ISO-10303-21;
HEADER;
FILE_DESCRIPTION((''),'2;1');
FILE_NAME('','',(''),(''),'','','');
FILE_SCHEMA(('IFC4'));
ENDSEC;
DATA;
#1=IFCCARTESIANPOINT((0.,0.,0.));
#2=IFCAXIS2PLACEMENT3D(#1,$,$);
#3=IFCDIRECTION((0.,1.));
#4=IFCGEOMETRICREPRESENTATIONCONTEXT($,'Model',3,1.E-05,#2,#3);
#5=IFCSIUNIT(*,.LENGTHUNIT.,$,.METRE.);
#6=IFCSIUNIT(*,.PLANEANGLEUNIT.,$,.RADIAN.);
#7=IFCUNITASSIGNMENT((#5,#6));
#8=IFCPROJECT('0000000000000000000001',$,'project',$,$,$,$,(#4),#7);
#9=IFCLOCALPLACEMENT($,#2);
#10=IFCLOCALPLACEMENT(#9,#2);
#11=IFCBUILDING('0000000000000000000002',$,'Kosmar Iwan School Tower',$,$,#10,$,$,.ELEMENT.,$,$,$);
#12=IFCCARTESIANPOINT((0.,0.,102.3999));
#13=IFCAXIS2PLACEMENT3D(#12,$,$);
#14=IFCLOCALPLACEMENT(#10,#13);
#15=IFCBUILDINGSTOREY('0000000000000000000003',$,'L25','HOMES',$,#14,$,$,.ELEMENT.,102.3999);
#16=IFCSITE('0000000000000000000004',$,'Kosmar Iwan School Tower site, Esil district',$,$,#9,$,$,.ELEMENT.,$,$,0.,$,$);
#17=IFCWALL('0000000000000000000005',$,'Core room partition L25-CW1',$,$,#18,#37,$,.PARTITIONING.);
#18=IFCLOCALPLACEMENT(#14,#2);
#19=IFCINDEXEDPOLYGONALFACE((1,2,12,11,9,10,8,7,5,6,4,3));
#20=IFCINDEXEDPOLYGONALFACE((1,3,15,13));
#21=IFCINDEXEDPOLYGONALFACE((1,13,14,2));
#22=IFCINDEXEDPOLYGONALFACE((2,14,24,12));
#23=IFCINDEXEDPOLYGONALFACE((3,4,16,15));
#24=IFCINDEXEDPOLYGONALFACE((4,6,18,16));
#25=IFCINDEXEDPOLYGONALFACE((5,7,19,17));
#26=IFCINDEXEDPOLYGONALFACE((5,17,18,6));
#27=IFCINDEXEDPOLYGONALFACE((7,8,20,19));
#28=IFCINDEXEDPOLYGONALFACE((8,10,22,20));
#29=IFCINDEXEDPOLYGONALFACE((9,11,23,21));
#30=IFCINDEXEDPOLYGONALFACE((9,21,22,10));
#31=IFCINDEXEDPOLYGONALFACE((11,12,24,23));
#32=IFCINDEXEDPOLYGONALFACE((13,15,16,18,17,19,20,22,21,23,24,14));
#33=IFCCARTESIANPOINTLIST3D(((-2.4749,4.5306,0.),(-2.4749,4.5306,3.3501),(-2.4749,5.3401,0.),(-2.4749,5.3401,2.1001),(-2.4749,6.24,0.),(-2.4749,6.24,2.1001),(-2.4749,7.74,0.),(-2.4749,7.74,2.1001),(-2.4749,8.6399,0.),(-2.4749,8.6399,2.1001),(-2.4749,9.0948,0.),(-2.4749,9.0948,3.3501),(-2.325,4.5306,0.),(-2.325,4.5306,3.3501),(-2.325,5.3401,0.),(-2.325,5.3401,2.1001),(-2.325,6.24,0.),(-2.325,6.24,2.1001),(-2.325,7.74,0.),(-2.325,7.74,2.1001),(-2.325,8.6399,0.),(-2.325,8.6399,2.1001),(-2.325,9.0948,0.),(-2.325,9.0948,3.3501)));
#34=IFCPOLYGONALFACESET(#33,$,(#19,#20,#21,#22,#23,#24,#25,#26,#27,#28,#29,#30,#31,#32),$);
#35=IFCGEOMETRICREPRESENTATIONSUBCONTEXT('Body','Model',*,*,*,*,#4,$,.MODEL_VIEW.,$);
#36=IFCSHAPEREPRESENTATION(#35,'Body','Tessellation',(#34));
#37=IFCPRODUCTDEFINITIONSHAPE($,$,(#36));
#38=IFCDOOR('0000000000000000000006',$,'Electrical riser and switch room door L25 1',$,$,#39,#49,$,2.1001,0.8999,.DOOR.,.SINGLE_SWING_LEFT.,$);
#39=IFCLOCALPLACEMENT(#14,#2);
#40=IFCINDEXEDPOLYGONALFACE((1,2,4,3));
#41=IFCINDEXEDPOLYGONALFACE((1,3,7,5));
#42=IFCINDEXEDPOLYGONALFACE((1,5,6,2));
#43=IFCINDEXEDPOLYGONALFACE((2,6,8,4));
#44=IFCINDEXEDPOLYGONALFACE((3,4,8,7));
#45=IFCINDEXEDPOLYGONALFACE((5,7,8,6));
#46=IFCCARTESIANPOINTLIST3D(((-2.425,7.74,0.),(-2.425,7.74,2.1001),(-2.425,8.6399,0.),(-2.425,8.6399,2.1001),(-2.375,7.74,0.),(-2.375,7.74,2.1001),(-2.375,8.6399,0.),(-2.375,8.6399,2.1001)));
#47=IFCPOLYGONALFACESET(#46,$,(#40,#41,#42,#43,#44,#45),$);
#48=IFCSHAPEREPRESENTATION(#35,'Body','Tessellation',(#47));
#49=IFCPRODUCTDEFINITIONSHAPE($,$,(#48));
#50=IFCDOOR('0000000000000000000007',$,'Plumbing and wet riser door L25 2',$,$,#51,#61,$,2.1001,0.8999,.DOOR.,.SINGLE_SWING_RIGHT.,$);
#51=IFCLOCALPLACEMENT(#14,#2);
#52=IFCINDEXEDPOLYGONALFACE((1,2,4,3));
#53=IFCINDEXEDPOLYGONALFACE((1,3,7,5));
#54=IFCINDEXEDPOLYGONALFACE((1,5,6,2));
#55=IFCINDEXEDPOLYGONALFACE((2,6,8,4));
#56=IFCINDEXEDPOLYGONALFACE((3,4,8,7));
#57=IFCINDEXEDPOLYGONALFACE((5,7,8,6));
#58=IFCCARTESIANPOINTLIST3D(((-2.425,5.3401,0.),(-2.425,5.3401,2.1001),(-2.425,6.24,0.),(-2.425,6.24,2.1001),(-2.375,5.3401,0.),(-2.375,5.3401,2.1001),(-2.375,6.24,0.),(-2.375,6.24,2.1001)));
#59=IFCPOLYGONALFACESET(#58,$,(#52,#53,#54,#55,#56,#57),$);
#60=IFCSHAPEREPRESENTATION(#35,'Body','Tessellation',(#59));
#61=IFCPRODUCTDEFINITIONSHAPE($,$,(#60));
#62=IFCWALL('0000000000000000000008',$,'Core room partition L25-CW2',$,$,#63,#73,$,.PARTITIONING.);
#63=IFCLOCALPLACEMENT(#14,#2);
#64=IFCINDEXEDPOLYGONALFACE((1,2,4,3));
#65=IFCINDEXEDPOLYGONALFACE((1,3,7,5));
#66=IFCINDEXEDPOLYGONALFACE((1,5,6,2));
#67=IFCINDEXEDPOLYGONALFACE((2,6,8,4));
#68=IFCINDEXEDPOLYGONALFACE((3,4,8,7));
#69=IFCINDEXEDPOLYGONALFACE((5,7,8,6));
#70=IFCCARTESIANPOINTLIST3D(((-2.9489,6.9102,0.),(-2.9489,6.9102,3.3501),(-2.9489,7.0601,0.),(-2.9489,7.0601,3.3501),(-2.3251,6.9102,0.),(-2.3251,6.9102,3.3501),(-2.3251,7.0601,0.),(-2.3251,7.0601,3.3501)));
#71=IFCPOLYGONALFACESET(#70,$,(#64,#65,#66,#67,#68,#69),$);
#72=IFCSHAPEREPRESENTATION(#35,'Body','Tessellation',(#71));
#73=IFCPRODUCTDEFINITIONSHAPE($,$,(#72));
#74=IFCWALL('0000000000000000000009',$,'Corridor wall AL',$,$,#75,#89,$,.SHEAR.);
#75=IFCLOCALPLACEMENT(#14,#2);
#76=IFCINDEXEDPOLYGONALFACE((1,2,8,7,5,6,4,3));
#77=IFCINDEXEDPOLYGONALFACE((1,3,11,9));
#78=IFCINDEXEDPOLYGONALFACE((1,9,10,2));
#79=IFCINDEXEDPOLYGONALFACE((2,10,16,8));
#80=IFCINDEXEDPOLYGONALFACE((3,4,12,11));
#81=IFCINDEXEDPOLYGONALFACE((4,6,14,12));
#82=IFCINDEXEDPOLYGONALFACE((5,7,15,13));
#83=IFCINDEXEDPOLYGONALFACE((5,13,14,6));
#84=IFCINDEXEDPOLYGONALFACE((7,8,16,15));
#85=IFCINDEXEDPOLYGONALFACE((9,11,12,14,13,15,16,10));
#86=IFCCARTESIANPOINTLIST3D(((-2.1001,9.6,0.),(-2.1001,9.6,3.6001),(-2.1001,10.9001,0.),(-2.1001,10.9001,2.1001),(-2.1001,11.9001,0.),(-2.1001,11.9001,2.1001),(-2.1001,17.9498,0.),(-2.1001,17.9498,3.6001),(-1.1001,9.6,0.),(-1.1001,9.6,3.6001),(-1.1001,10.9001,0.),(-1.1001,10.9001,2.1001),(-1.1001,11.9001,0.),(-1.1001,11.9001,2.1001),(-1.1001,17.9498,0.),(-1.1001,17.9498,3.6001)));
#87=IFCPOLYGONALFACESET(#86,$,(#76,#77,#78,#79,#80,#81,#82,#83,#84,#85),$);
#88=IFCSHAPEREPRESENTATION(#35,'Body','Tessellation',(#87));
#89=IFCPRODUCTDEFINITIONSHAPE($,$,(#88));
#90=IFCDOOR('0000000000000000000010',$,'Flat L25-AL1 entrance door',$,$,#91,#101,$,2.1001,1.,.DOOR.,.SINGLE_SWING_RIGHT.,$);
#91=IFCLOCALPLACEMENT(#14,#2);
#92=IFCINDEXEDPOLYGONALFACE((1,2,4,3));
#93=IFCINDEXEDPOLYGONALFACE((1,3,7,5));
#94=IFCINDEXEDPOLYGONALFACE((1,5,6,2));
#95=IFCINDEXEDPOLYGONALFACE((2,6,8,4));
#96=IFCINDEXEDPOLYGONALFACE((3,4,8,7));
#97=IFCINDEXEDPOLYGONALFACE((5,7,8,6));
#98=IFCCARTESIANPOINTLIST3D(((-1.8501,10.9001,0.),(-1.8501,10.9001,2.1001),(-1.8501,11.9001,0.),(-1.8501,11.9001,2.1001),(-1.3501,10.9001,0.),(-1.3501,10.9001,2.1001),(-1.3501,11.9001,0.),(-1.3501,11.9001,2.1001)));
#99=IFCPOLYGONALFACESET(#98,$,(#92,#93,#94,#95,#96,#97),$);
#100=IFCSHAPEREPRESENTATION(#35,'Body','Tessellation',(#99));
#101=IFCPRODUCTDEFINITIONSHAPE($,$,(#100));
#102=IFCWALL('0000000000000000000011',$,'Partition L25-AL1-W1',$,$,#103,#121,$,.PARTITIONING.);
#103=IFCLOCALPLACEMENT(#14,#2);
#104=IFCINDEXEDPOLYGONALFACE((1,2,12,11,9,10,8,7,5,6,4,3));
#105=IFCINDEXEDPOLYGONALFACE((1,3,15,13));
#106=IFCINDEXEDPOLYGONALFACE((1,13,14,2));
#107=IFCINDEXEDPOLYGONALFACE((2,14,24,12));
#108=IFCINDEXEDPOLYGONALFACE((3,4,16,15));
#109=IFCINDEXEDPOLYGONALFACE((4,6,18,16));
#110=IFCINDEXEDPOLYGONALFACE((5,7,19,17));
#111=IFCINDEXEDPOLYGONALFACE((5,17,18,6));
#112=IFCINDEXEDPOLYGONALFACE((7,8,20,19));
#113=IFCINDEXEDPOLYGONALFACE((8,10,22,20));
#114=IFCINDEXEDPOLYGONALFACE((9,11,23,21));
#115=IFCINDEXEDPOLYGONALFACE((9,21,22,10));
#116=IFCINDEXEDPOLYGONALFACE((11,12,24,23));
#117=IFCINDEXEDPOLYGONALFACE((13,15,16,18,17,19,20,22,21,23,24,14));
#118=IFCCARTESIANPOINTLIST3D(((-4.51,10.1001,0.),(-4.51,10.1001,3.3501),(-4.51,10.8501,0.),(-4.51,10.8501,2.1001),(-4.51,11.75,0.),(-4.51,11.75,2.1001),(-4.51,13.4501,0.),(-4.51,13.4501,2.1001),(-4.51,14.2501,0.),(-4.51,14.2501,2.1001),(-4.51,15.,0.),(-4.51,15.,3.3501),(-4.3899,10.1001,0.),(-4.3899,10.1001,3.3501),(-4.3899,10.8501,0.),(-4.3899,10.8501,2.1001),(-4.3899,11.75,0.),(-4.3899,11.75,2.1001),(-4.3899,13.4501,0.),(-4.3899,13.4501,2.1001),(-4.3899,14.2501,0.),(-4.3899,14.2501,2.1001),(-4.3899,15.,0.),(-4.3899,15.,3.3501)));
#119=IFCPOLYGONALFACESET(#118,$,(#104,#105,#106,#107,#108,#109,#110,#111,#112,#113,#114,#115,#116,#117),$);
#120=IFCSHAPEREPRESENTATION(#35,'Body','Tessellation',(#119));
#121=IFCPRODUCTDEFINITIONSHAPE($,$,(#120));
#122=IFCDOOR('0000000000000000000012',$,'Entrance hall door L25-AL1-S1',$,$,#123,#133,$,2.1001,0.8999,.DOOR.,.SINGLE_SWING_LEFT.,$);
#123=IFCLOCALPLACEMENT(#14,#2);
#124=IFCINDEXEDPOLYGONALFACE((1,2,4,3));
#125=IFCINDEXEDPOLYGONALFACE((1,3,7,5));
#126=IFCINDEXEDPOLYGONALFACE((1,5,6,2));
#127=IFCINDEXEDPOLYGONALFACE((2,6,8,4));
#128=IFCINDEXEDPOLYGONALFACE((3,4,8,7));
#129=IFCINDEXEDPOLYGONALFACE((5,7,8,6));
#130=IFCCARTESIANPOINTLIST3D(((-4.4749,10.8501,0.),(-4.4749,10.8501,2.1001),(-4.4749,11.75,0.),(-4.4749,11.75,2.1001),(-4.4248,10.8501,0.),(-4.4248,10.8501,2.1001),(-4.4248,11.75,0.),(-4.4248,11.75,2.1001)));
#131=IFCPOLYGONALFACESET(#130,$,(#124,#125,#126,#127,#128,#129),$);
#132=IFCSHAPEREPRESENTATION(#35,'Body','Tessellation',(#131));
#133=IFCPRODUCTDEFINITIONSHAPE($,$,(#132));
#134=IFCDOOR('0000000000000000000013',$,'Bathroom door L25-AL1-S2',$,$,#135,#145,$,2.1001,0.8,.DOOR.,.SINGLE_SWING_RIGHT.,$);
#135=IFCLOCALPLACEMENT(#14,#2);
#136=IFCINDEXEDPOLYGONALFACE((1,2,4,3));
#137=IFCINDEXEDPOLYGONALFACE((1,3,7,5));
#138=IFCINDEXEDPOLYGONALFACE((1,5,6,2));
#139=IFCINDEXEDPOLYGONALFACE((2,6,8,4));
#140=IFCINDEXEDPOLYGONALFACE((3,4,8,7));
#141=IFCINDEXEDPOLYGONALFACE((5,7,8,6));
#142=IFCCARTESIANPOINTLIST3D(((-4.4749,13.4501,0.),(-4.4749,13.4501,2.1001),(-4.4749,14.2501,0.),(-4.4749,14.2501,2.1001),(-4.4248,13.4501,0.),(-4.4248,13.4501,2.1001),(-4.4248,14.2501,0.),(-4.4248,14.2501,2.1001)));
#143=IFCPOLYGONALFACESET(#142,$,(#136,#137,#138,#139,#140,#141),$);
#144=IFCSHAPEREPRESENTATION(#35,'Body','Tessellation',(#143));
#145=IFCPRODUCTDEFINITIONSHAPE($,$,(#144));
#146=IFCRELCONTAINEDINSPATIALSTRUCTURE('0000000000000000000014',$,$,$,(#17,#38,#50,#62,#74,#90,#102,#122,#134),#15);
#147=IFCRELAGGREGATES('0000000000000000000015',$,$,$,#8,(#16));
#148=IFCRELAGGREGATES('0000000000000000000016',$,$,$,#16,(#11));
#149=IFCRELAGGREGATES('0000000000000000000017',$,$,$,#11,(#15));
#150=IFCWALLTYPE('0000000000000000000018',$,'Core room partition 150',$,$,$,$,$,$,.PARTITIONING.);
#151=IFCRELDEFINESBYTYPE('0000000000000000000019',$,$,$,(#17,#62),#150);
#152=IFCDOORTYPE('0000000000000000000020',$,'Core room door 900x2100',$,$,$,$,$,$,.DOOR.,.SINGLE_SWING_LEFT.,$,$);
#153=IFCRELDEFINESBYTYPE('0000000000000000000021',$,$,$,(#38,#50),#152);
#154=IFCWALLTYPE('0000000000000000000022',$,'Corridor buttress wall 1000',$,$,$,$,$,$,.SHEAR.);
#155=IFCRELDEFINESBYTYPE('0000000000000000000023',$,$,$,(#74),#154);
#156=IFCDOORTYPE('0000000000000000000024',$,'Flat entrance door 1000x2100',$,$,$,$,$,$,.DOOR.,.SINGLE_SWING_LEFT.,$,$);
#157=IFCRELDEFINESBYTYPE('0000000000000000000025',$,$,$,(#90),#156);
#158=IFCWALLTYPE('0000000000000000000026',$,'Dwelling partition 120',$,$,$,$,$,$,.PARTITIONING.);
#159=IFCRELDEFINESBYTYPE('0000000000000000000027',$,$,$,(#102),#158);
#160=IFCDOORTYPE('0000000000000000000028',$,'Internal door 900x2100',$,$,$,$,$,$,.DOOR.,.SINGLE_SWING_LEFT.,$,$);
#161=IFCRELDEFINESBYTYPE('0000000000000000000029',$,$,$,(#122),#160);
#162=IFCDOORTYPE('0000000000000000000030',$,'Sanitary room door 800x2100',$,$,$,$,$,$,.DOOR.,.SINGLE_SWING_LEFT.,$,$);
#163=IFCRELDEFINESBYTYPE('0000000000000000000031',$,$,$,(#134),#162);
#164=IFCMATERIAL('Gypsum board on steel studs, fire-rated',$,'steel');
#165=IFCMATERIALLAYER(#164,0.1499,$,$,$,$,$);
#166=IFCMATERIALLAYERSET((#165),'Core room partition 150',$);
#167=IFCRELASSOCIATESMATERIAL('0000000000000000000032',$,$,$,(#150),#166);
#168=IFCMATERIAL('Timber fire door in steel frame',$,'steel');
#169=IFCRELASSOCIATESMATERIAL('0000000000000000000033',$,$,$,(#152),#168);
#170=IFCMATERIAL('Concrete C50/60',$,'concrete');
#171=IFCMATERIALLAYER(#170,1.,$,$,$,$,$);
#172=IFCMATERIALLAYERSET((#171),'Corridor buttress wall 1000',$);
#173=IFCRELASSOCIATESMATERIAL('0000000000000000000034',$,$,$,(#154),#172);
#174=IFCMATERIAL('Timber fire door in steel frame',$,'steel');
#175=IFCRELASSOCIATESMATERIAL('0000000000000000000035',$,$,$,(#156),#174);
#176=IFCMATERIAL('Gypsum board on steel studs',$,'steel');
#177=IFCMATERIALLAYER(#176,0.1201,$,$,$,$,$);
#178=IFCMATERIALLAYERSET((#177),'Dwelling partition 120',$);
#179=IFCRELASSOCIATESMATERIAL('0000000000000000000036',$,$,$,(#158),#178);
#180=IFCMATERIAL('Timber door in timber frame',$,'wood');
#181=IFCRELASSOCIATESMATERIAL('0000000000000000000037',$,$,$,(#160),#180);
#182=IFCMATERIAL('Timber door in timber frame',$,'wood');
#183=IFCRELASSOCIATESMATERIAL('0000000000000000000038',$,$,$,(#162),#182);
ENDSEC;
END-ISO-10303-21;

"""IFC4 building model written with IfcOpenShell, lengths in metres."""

from ifc_helpers import new_model, si_unit, direction, frame, frame_2d, origin, place, context, subcontext, project, spatial, rectangle, extrude, material, layer, layer_set, type_object, element, fill, save


model = new_model("IFC4")

# Units and contexts
model_context = context("Model", 3, precision=1e-05, world=origin(), true_north=direction((0.0, 1.0)))
body_context = subcontext(model_context, "Body", "Model", "MODEL_VIEW")
ifc_project = project(units=[si_unit("LENGTHUNIT", "METRE"), si_unit("PLANEANGLEUNIT", "RADIAN")], contexts=[model_context])

# Site, building, storey
site_placement = place(None, origin())
site = spatial("IfcSite", under=ifc_project, at=site_placement, Name="Kosmar Iwan School Tower site, Esil district", CompositionType="ELEMENT", RefElevation=0.0)
building_placement = place(site_placement, origin())
building = spatial("IfcBuilding", under=site, at=building_placement, Name="Kosmar Iwan School Tower", CompositionType="ELEMENT")
storey_placement = place(building_placement, frame((0.0, 0.0, 102.3999)))
storey = spatial("IfcBuildingStorey", under=building, at=storey_placement, Name="L25", Description="HOMES", CompositionType="ELEMENT", Elevation=102.3999)

# Wall, openings, doors
ifc_material_1 = material(Name="Gypsum board on steel studs, fire-rated", Category="steel")
ifc_layer_1 = layer(ifc_material_1, 0.1499)
ifc_layer_set_1 = layer_set([ifc_layer_1], Name="Core room partition 150")
wall_type_1 = type_object("IfcWallType", Name="Core room partition 150", PredefinedType="PARTITIONING", material=ifc_layer_set_1)
wall_1_placement = place(storey_placement, frame((-2.3999, 9.095, 0.0), z_axis=(0.0, 0.0, 1.0), x_axis=(0.0, -1.0, 0.0)))
wall_1 = element("IfcWall", 1, at=wall_1_placement, inside=storey, type_object=wall_type_1, Name="Core room partition L25-CW1", PredefinedType="PARTITIONING", context=body_context, shape_type="SweptSolid", body=[
    extrude(rectangle(XDim=4.5642, YDim=0.1499, at=frame_2d((2.2822, 0.0))), origin(), (0.0, 0.0, 1.0), 3.3501),
])
opening_1_placement = place(wall_1_placement, frame((0.4551, 0.0, 0.0)))
opening_1 = element("IfcOpeningElement", 2, at=opening_1_placement, cuts=wall_1, PredefinedType="OPENING", context=body_context, shape_type="SweptSolid", body=[
    extrude(rectangle(XDim=0.8999, YDim=2.1001, at=frame_2d((0.45, 1.05))), frame((0.0, 0.0869, 0.0), z_axis=(0.0, -1.0, 0.0), x_axis=(1.0, 0.0, 0.0)), (0.0, 0.0, 1.0), 0.1738),
])
opening_2_placement = place(wall_1_placement, frame((2.855, 0.0, 0.0)))
opening_2 = element("IfcOpeningElement", 3, at=opening_2_placement, cuts=wall_1, PredefinedType="OPENING", context=body_context, shape_type="SweptSolid", body=[
    extrude(rectangle(XDim=0.8999, YDim=2.1001, at=frame_2d((0.45, 1.05))), frame((0.0, 0.0869, 0.0), z_axis=(0.0, -1.0, 0.0), x_axis=(1.0, 0.0, 0.0)), (0.0, 0.0, 1.0), 0.1738),
])
ifc_material_2 = material(Name="Timber fire door in steel frame", Category="steel")
door_type_1 = type_object("IfcDoorType", Name="Core room door 900x2100", OperationType="SINGLE_SWING_LEFT", PredefinedType="DOOR", material=ifc_material_2)
door_1_placement = place(opening_1_placement, origin())
door_1 = element("IfcDoor", 4, at=door_1_placement, inside=storey, type_object=door_type_1, Name="Electrical riser and switch room door L25 1", OperationType="SINGLE_SWING_LEFT", OverallHeight=2.1001, OverallWidth=0.8999, PredefinedType="DOOR", context=body_context, shape_type="SweptSolid", body=[
    extrude(rectangle(XDim=0.8999, YDim=2.1001, at=frame_2d((0.45, 1.05))), frame((0.0, 0.0249, 0.0), z_axis=(0.0, -1.0, 0.0), x_axis=(1.0, 0.0, 0.0)), (0.0, 0.0, 1.0), 0.05),
])
fill(opening_1, door_1)
door_2_placement = place(opening_2_placement, origin())
door_2 = element("IfcDoor", 5, at=door_2_placement, inside=storey, type_object=door_type_1, Name="Plumbing and wet riser door L25 2", OperationType="SINGLE_SWING_RIGHT", OverallHeight=2.1001, OverallWidth=0.8999, PredefinedType="DOOR", context=body_context, shape_type="SweptSolid", body=[
    extrude(rectangle(XDim=0.8999, YDim=2.1001, at=frame_2d((0.45, 1.05))), frame((0.0, 0.0249, 0.0), z_axis=(0.0, -1.0, 0.0), x_axis=(1.0, 0.0, 0.0)), (0.0, 0.0, 1.0), 0.05),
])
fill(opening_2, door_2)

# Wall
wall_2_placement = place(storey_placement, frame((-2.325, 6.9851, 0.0), z_axis=(0.0, 0.0, 1.0), x_axis=(-1.0, 0.0, 0.0)))
element("IfcWall", 6, at=wall_2_placement, inside=storey, type_object=wall_type_1, Name="Core room partition L25-CW2", PredefinedType="PARTITIONING", context=body_context, shape_type="SweptSolid", body=[
    extrude(rectangle(XDim=0.6238, YDim=0.1499, at=frame_2d((0.312, 0.0))), origin(), (0.0, 0.0, 1.0), 3.3501),
])

# Wall, opening, door
ifc_material_3 = material(Name="Concrete C50/60", Category="concrete")
ifc_layer_2 = layer(ifc_material_3, 1.0)
ifc_layer_set_2 = layer_set([ifc_layer_2], Name="Corridor buttress wall 1000")
wall_type_2 = type_object("IfcWallType", Name="Corridor buttress wall 1000", PredefinedType="SHEAR", material=ifc_layer_set_2)
wall_3_placement = place(storey_placement, frame((-1.6001, 9.6001, 0.0), z_axis=(0.0, 0.0, 1.0), x_axis=(0.0, 1.0, 0.0)))
wall_3 = element("IfcWall", 7, at=wall_3_placement, inside=storey, type_object=wall_type_2, Name="Corridor wall AL", PredefinedType="SHEAR", context=body_context, shape_type="SweptSolid", body=[
    extrude(rectangle(XDim=8.3499, YDim=1.0, at=frame_2d((4.1748, 0.0))), origin(), (0.0, 0.0, 1.0), 3.6001),
])
opening_3_placement = place(wall_3_placement, frame((1.3, 0.0, 0.0)))
opening_3 = element("IfcOpeningElement", 8, at=opening_3_placement, cuts=wall_3, PredefinedType="OPENING", context=body_context, shape_type="SweptSolid", body=[
    extrude(rectangle(XDim=1.0, YDim=2.1001, at=frame_2d((0.5, 1.05))), frame((0.0, 0.512, 0.0), z_axis=(0.0, -1.0, 0.0), x_axis=(1.0, 0.0, 0.0)), (0.0, 0.0, 1.0), 1.0239),
])
ifc_material_4 = material(Name="Timber fire door in steel frame", Category="steel")
door_type_2 = type_object("IfcDoorType", Name="Flat entrance door 1000x2100", OperationType="SINGLE_SWING_LEFT", PredefinedType="DOOR", material=ifc_material_4)
door_3_placement = place(opening_3_placement, origin())
door_3 = element("IfcDoor", 9, at=door_3_placement, inside=storey, type_object=door_type_2, Name="Flat L25-AL1 entrance door", OperationType="SINGLE_SWING_RIGHT", OverallHeight=2.1001, OverallWidth=1.0, PredefinedType="DOOR", context=body_context, shape_type="SweptSolid", body=[
    extrude(rectangle(XDim=1.0, YDim=2.1001, at=frame_2d((0.5, 1.05))), frame((0.0, 0.25, 0.0), z_axis=(0.0, -1.0, 0.0), x_axis=(1.0, 0.0, 0.0)), (0.0, 0.0, 1.0), 0.5),
])
fill(opening_3, door_3)

# Wall, openings, doors
ifc_material_5 = material(Name="Gypsum board on steel studs", Category="steel")
ifc_layer_3 = layer(ifc_material_5, 0.1201)
ifc_layer_set_3 = layer_set([ifc_layer_3], Name="Dwelling partition 120")
wall_type_3 = type_object("IfcWallType", Name="Dwelling partition 120", PredefinedType="PARTITIONING", material=ifc_layer_set_3)
wall_4_placement = place(storey_placement, frame((-4.45, 10.1001, 0.0), z_axis=(0.0, 0.0, 1.0), x_axis=(0.0, 1.0, 0.0)))
wall_4 = element("IfcWall", 10, at=wall_4_placement, inside=storey, type_object=wall_type_3, Name="Partition L25-AL1-W1", PredefinedType="PARTITIONING", context=body_context, shape_type="SweptSolid", body=[
    extrude(rectangle(XDim=4.8999, YDim=0.1201, at=frame_2d((2.45, 0.0))), origin(), (0.0, 0.0, 1.0), 3.3501),
])
opening_4_placement = place(wall_4_placement, frame((0.75, 0.0, 0.0)))
opening_4 = element("IfcOpeningElement", 11, at=opening_4_placement, cuts=wall_4, PredefinedType="OPENING", context=body_context, shape_type="SweptSolid", body=[
    extrude(rectangle(XDim=0.8999, YDim=2.1001, at=frame_2d((0.45, 1.05))), frame((0.0, 0.072, 0.0), z_axis=(0.0, -1.0, 0.0), x_axis=(1.0, 0.0, 0.0)), (0.0, 0.0, 1.0), 0.144),
])
opening_5_placement = place(wall_4_placement, frame((3.3501, 0.0, 0.0)))
opening_5 = element("IfcOpeningElement", 12, at=opening_5_placement, cuts=wall_4, PredefinedType="OPENING", context=body_context, shape_type="SweptSolid", body=[
    extrude(rectangle(XDim=0.8, YDim=2.1001, at=frame_2d((0.3999, 1.05))), frame((0.0, 0.072, 0.0), z_axis=(0.0, -1.0, 0.0), x_axis=(1.0, 0.0, 0.0)), (0.0, 0.0, 1.0), 0.144),
])
ifc_material_6 = material(Name="Timber door in timber frame", Category="wood")
door_type_3 = type_object("IfcDoorType", Name="Internal door 900x2100", OperationType="SINGLE_SWING_LEFT", PredefinedType="DOOR", material=ifc_material_6)
door_4_placement = place(opening_4_placement, origin())
door_4 = element("IfcDoor", 13, at=door_4_placement, inside=storey, type_object=door_type_3, Name="Entrance hall door L25-AL1-S1", OperationType="SINGLE_SWING_LEFT", OverallHeight=2.1001, OverallWidth=0.8999, PredefinedType="DOOR", context=body_context, shape_type="SweptSolid", body=[
    extrude(rectangle(XDim=0.8999, YDim=2.1001, at=frame_2d((0.45, 1.05))), frame((0.0, 0.0249, 0.0), z_axis=(0.0, -1.0, 0.0), x_axis=(1.0, 0.0, 0.0)), (0.0, 0.0, 1.0), 0.05),
])
fill(opening_4, door_4)
ifc_material_7 = material(Name="Timber door in timber frame", Category="wood")
door_type_4 = type_object("IfcDoorType", Name="Sanitary room door 800x2100", OperationType="SINGLE_SWING_LEFT", PredefinedType="DOOR", material=ifc_material_7)
door_5_placement = place(opening_5_placement, origin())
door_5 = element("IfcDoor", 14, at=door_5_placement, inside=storey, type_object=door_type_4, Name="Bathroom door L25-AL1-S2", OperationType="SINGLE_SWING_RIGHT", OverallHeight=2.1001, OverallWidth=0.8, PredefinedType="DOOR", context=body_context, shape_type="SweptSolid", body=[
    extrude(rectangle(XDim=0.8, YDim=2.1001, at=frame_2d((0.3999, 1.05))), frame((0.0, 0.0249, 0.0), z_axis=(0.0, -1.0, 0.0), x_axis=(1.0, 0.0, 0.0)), (0.0, 0.0, 1.0), 0.05),
])
fill(opening_5, door_5)

save(model, "model.ifc")
